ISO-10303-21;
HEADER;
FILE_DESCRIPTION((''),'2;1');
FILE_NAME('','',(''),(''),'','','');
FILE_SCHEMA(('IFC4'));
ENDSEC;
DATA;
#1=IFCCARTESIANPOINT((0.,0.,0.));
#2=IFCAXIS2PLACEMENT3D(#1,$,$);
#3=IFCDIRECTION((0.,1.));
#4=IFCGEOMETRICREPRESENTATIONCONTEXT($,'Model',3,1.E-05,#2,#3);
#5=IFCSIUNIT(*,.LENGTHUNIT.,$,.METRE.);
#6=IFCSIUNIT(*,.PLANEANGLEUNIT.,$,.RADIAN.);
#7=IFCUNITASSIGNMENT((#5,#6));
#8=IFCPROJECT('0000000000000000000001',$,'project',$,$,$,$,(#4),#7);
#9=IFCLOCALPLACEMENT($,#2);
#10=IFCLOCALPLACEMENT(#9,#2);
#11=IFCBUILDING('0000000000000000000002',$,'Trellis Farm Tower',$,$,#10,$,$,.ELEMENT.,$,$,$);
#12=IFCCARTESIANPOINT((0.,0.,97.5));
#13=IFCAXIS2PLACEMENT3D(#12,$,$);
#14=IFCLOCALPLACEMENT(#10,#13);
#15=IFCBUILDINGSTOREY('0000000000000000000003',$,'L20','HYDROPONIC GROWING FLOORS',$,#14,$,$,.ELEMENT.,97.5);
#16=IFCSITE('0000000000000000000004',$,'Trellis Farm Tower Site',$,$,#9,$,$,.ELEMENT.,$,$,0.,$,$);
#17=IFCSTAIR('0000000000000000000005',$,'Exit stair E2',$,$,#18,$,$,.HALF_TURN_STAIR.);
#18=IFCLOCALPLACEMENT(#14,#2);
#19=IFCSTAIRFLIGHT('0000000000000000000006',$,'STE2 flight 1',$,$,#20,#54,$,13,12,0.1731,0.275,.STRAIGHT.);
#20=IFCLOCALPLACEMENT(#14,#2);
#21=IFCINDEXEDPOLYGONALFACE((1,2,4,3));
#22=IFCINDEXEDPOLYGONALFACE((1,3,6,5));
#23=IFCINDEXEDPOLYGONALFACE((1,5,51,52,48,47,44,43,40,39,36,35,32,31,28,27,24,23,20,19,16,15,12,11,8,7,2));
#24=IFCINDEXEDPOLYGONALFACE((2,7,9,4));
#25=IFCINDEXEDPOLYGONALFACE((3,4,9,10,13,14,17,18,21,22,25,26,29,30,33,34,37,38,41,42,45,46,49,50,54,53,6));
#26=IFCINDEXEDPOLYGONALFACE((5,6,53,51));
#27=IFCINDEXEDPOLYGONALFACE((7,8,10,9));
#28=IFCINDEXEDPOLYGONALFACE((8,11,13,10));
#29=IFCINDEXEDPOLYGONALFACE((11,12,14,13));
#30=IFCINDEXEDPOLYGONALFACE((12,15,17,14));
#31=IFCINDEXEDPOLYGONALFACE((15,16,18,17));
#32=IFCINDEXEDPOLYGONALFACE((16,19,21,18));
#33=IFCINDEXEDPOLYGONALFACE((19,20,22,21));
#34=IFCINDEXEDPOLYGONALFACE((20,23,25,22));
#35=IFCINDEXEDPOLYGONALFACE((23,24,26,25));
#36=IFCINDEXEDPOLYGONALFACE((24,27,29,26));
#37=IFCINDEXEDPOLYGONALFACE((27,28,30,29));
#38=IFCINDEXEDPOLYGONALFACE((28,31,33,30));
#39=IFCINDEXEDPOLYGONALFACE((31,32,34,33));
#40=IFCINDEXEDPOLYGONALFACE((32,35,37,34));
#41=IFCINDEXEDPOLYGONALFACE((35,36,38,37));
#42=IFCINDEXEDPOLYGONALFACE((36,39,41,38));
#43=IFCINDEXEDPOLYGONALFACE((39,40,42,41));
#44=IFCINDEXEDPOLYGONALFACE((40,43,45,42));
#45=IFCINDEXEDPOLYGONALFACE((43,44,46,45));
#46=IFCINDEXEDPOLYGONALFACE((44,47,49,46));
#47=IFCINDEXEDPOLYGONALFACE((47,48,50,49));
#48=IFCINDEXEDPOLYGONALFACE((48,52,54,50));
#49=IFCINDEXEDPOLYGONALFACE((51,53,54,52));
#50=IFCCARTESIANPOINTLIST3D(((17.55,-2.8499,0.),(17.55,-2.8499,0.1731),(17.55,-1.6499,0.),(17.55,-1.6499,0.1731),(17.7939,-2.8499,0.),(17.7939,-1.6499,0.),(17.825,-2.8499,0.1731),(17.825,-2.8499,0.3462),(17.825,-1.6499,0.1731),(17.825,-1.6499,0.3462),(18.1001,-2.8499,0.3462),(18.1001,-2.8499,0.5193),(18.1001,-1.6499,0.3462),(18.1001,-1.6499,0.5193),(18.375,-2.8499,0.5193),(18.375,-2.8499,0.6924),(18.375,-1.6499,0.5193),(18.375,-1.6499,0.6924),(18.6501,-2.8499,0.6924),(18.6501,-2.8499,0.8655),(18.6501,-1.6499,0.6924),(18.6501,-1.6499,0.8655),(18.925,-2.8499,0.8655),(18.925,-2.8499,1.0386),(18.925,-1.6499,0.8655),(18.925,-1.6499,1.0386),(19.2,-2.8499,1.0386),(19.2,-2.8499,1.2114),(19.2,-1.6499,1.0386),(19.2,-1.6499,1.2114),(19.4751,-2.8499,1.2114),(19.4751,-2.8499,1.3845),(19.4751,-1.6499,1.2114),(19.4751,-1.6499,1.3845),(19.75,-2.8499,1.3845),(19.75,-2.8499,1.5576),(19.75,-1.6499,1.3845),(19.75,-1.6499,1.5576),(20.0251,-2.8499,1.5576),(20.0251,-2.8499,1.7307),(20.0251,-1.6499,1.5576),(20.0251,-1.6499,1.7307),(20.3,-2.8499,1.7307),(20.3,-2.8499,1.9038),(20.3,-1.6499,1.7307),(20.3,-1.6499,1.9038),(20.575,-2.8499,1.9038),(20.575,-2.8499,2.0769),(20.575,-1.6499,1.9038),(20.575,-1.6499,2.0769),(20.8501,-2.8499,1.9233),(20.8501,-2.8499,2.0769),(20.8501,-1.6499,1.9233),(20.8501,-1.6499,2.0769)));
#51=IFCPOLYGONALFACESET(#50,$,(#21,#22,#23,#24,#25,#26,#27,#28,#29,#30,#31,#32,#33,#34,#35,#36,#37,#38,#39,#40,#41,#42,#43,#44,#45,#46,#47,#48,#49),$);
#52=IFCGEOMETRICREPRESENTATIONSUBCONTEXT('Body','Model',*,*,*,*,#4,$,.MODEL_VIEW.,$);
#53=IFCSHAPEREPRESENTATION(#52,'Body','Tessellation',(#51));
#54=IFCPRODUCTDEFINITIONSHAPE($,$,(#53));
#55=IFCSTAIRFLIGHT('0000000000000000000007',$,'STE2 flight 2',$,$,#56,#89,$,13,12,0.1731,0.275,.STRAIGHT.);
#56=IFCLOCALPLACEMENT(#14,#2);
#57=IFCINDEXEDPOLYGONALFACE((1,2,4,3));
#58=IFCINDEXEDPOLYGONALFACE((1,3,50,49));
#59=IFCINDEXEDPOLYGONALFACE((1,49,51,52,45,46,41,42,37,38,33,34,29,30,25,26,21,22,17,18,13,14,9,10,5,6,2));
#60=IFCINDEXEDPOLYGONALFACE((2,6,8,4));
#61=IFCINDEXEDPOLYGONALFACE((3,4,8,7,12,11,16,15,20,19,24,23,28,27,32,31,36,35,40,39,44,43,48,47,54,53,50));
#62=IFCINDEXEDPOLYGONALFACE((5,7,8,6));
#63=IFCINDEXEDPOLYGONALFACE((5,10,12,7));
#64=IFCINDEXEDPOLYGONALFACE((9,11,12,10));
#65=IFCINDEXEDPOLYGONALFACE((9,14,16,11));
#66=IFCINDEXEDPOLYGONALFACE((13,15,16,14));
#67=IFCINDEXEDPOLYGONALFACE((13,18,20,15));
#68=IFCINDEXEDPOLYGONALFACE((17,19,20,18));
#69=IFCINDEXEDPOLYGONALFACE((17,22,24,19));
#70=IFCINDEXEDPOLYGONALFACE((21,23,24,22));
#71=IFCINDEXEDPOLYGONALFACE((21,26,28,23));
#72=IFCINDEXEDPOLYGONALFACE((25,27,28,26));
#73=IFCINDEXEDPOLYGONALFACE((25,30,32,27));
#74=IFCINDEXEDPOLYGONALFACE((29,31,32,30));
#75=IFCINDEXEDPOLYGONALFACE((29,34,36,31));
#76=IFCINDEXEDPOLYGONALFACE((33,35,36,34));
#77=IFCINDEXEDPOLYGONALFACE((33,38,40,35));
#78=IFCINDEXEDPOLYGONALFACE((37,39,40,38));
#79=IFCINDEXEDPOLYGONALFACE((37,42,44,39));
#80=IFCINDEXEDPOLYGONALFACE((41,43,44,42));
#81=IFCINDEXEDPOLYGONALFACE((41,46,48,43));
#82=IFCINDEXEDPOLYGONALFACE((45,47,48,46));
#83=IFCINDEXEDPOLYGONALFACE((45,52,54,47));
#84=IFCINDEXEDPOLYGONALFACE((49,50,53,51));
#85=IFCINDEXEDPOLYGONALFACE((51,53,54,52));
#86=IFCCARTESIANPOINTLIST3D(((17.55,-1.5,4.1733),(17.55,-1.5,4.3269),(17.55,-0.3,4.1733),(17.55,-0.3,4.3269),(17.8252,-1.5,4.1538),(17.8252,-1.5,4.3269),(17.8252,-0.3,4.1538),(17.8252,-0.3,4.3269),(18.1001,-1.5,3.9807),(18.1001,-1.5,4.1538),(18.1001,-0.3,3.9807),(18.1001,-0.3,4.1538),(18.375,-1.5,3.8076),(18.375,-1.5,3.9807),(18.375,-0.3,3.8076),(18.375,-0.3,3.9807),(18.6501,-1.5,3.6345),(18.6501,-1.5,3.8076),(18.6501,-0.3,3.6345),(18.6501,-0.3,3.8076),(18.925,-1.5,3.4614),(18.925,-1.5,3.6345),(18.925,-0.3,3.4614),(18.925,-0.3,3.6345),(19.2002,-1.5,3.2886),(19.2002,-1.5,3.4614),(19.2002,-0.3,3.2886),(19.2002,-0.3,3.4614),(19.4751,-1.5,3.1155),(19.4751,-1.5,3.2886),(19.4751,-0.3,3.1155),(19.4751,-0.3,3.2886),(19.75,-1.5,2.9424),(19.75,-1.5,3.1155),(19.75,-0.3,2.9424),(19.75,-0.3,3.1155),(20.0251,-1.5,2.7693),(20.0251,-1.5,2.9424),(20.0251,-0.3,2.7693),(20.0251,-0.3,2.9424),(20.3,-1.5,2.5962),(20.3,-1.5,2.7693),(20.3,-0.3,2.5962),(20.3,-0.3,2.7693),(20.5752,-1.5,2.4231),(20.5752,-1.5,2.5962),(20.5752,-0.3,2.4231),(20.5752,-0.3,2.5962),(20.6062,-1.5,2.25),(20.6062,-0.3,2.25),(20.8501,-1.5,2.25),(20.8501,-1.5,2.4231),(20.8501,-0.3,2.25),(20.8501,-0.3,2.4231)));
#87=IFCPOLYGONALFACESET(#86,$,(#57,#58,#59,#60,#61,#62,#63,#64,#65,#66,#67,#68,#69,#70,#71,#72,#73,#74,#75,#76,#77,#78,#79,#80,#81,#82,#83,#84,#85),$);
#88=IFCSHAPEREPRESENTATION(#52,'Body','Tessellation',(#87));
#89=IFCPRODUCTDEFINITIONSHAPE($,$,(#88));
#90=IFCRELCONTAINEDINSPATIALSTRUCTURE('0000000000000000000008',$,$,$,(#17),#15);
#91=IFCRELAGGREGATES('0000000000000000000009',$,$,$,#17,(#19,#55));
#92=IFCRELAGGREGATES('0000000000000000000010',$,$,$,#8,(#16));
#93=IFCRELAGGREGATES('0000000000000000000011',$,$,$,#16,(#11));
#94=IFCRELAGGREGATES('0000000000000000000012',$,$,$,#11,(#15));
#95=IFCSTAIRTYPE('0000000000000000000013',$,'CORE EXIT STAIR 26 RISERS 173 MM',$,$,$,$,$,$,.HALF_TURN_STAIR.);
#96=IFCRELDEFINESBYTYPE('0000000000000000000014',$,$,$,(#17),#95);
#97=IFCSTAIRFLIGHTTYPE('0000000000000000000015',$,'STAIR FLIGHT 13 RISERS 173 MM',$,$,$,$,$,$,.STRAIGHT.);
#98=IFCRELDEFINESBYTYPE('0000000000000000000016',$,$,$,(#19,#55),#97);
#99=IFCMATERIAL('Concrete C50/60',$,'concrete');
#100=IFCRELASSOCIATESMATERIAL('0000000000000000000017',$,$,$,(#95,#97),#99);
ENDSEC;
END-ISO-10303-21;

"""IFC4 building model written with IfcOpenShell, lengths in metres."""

from ifc_helpers import new_model, si_unit, direction, frame, origin, place, context, subcontext, project, spatial, polyline, outline, extrude, source, transform, mapped, material, type_object, element, aggregate, save


model = new_model("IFC4")

# Units and contexts
model_context = context("Model", 3, precision=1e-05, world=origin(), true_north=direction((0.0, 1.0)))
body_context = subcontext(model_context, "Body", "Model", "MODEL_VIEW")
ifc_project = project(units=[si_unit("LENGTHUNIT", "METRE"), si_unit("PLANEANGLEUNIT", "RADIAN")], contexts=[model_context])

# Site, building, storey
site_placement = place(None, origin())
site = spatial("IfcSite", under=ifc_project, at=site_placement, Name="Trellis Farm Tower Site", CompositionType="ELEMENT", RefElevation=0.0)
building_placement = place(site_placement, origin())
building = spatial("IfcBuilding", under=site, at=building_placement, Name="Trellis Farm Tower", CompositionType="ELEMENT")
storey_placement = place(building_placement, frame((0.0, 0.0, 97.5)))
storey = spatial("IfcBuildingStorey", under=building, at=storey_placement, Name="L20", Description="HYDROPONIC GROWING FLOORS", CompositionType="ELEMENT", Elevation=97.5)

# Shared definitions
placement = place(storey_placement, origin())

# Stair, stair flights
ifc_material_1 = material(Name="Concrete C50/60", Category="concrete")
stair_type = type_object("IfcStairType", Name="CORE EXIT STAIR 26 RISERS 173 MM", PredefinedType="HALF_TURN_STAIR", material=ifc_material_1)
stair_flight_type = type_object("IfcStairFlightType", Name="STAIR FLIGHT 13 RISERS 173 MM", PredefinedType="STRAIGHT", material=ifc_material_1)
shared_shape_1 = source(origin(), body_context, "Body", "SweptSolid", [
    extrude(outline(polyline([(0.0, 0.0), (0.0, 0.1731), (0.2749, 0.1731), (0.2749, 0.3462), (0.55, 0.3462), (0.55, 0.5193), (0.825, 0.5193), (0.825, 0.6924), (1.1001, 0.6924), (1.1001, 0.8655), (1.375, 0.8655), (1.375, 1.0386), (1.6499, 1.0386), (1.6499, 1.2114), (1.925, 1.2114), (1.925, 1.3845), (2.2, 1.3845), (2.2, 1.5576), (2.4751, 1.5576), (2.4751, 1.7307), (2.75, 1.7307), (2.75, 1.9038), (3.0249, 1.9038), (3.0249, 2.0769), (3.3, 2.0769), (3.3, 2.25), (3.3, 1.9233), (0.2439, 0.0), (0.0, 0.0)])), frame((0.0, 0.6001, 0.0), z_axis=(0.0, -1.0, 0.0), x_axis=(1.0, 0.0, 0.0)), (0.0, 0.0, 1.0), 1.2),
])
stair_1 = element("IfcStair", 1, at=placement, inside=storey, type_object=stair_type, Name="Exit stair E2", PredefinedType="HALF_TURN_STAIR")
stair_flight_1_placement = place(storey_placement, frame((17.55, -2.25, 0.0), z_axis=(0.0, 0.0, 1.0), x_axis=(1.0, 0.0, 0.0)))
stair_flight_1 = element("IfcStairFlight", 2, at=stair_flight_1_placement, type_object=stair_flight_type, Name="STE2 flight 1", NumberOfRisers=13, NumberOfTreads=12, PredefinedType="STRAIGHT", RiserHeight=0.1731, TreadLength=0.275, context=body_context, shape_type="MappedRepresentation", body=[
    mapped(shared_shape_1, transform((0.0, 0.0, 0.0))),
])
stair_flight_2_placement = place(storey_placement, frame((20.8501, -0.8999, 2.25), z_axis=(0.0, 0.0, 1.0), x_axis=(-1.0, 0.0, 0.0)))
stair_flight_2 = element("IfcStairFlight", 3, at=stair_flight_2_placement, type_object=stair_flight_type, Name="STE2 flight 2", NumberOfRisers=13, NumberOfTreads=12, PredefinedType="STRAIGHT", RiserHeight=0.1731, TreadLength=0.275, context=body_context, shape_type="MappedRepresentation", body=[
    mapped(shared_shape_1, transform((0.0, 0.0, 0.0))),
])
aggregate(stair_1, [stair_flight_1, stair_flight_2])

save(model, "model.ifc")
